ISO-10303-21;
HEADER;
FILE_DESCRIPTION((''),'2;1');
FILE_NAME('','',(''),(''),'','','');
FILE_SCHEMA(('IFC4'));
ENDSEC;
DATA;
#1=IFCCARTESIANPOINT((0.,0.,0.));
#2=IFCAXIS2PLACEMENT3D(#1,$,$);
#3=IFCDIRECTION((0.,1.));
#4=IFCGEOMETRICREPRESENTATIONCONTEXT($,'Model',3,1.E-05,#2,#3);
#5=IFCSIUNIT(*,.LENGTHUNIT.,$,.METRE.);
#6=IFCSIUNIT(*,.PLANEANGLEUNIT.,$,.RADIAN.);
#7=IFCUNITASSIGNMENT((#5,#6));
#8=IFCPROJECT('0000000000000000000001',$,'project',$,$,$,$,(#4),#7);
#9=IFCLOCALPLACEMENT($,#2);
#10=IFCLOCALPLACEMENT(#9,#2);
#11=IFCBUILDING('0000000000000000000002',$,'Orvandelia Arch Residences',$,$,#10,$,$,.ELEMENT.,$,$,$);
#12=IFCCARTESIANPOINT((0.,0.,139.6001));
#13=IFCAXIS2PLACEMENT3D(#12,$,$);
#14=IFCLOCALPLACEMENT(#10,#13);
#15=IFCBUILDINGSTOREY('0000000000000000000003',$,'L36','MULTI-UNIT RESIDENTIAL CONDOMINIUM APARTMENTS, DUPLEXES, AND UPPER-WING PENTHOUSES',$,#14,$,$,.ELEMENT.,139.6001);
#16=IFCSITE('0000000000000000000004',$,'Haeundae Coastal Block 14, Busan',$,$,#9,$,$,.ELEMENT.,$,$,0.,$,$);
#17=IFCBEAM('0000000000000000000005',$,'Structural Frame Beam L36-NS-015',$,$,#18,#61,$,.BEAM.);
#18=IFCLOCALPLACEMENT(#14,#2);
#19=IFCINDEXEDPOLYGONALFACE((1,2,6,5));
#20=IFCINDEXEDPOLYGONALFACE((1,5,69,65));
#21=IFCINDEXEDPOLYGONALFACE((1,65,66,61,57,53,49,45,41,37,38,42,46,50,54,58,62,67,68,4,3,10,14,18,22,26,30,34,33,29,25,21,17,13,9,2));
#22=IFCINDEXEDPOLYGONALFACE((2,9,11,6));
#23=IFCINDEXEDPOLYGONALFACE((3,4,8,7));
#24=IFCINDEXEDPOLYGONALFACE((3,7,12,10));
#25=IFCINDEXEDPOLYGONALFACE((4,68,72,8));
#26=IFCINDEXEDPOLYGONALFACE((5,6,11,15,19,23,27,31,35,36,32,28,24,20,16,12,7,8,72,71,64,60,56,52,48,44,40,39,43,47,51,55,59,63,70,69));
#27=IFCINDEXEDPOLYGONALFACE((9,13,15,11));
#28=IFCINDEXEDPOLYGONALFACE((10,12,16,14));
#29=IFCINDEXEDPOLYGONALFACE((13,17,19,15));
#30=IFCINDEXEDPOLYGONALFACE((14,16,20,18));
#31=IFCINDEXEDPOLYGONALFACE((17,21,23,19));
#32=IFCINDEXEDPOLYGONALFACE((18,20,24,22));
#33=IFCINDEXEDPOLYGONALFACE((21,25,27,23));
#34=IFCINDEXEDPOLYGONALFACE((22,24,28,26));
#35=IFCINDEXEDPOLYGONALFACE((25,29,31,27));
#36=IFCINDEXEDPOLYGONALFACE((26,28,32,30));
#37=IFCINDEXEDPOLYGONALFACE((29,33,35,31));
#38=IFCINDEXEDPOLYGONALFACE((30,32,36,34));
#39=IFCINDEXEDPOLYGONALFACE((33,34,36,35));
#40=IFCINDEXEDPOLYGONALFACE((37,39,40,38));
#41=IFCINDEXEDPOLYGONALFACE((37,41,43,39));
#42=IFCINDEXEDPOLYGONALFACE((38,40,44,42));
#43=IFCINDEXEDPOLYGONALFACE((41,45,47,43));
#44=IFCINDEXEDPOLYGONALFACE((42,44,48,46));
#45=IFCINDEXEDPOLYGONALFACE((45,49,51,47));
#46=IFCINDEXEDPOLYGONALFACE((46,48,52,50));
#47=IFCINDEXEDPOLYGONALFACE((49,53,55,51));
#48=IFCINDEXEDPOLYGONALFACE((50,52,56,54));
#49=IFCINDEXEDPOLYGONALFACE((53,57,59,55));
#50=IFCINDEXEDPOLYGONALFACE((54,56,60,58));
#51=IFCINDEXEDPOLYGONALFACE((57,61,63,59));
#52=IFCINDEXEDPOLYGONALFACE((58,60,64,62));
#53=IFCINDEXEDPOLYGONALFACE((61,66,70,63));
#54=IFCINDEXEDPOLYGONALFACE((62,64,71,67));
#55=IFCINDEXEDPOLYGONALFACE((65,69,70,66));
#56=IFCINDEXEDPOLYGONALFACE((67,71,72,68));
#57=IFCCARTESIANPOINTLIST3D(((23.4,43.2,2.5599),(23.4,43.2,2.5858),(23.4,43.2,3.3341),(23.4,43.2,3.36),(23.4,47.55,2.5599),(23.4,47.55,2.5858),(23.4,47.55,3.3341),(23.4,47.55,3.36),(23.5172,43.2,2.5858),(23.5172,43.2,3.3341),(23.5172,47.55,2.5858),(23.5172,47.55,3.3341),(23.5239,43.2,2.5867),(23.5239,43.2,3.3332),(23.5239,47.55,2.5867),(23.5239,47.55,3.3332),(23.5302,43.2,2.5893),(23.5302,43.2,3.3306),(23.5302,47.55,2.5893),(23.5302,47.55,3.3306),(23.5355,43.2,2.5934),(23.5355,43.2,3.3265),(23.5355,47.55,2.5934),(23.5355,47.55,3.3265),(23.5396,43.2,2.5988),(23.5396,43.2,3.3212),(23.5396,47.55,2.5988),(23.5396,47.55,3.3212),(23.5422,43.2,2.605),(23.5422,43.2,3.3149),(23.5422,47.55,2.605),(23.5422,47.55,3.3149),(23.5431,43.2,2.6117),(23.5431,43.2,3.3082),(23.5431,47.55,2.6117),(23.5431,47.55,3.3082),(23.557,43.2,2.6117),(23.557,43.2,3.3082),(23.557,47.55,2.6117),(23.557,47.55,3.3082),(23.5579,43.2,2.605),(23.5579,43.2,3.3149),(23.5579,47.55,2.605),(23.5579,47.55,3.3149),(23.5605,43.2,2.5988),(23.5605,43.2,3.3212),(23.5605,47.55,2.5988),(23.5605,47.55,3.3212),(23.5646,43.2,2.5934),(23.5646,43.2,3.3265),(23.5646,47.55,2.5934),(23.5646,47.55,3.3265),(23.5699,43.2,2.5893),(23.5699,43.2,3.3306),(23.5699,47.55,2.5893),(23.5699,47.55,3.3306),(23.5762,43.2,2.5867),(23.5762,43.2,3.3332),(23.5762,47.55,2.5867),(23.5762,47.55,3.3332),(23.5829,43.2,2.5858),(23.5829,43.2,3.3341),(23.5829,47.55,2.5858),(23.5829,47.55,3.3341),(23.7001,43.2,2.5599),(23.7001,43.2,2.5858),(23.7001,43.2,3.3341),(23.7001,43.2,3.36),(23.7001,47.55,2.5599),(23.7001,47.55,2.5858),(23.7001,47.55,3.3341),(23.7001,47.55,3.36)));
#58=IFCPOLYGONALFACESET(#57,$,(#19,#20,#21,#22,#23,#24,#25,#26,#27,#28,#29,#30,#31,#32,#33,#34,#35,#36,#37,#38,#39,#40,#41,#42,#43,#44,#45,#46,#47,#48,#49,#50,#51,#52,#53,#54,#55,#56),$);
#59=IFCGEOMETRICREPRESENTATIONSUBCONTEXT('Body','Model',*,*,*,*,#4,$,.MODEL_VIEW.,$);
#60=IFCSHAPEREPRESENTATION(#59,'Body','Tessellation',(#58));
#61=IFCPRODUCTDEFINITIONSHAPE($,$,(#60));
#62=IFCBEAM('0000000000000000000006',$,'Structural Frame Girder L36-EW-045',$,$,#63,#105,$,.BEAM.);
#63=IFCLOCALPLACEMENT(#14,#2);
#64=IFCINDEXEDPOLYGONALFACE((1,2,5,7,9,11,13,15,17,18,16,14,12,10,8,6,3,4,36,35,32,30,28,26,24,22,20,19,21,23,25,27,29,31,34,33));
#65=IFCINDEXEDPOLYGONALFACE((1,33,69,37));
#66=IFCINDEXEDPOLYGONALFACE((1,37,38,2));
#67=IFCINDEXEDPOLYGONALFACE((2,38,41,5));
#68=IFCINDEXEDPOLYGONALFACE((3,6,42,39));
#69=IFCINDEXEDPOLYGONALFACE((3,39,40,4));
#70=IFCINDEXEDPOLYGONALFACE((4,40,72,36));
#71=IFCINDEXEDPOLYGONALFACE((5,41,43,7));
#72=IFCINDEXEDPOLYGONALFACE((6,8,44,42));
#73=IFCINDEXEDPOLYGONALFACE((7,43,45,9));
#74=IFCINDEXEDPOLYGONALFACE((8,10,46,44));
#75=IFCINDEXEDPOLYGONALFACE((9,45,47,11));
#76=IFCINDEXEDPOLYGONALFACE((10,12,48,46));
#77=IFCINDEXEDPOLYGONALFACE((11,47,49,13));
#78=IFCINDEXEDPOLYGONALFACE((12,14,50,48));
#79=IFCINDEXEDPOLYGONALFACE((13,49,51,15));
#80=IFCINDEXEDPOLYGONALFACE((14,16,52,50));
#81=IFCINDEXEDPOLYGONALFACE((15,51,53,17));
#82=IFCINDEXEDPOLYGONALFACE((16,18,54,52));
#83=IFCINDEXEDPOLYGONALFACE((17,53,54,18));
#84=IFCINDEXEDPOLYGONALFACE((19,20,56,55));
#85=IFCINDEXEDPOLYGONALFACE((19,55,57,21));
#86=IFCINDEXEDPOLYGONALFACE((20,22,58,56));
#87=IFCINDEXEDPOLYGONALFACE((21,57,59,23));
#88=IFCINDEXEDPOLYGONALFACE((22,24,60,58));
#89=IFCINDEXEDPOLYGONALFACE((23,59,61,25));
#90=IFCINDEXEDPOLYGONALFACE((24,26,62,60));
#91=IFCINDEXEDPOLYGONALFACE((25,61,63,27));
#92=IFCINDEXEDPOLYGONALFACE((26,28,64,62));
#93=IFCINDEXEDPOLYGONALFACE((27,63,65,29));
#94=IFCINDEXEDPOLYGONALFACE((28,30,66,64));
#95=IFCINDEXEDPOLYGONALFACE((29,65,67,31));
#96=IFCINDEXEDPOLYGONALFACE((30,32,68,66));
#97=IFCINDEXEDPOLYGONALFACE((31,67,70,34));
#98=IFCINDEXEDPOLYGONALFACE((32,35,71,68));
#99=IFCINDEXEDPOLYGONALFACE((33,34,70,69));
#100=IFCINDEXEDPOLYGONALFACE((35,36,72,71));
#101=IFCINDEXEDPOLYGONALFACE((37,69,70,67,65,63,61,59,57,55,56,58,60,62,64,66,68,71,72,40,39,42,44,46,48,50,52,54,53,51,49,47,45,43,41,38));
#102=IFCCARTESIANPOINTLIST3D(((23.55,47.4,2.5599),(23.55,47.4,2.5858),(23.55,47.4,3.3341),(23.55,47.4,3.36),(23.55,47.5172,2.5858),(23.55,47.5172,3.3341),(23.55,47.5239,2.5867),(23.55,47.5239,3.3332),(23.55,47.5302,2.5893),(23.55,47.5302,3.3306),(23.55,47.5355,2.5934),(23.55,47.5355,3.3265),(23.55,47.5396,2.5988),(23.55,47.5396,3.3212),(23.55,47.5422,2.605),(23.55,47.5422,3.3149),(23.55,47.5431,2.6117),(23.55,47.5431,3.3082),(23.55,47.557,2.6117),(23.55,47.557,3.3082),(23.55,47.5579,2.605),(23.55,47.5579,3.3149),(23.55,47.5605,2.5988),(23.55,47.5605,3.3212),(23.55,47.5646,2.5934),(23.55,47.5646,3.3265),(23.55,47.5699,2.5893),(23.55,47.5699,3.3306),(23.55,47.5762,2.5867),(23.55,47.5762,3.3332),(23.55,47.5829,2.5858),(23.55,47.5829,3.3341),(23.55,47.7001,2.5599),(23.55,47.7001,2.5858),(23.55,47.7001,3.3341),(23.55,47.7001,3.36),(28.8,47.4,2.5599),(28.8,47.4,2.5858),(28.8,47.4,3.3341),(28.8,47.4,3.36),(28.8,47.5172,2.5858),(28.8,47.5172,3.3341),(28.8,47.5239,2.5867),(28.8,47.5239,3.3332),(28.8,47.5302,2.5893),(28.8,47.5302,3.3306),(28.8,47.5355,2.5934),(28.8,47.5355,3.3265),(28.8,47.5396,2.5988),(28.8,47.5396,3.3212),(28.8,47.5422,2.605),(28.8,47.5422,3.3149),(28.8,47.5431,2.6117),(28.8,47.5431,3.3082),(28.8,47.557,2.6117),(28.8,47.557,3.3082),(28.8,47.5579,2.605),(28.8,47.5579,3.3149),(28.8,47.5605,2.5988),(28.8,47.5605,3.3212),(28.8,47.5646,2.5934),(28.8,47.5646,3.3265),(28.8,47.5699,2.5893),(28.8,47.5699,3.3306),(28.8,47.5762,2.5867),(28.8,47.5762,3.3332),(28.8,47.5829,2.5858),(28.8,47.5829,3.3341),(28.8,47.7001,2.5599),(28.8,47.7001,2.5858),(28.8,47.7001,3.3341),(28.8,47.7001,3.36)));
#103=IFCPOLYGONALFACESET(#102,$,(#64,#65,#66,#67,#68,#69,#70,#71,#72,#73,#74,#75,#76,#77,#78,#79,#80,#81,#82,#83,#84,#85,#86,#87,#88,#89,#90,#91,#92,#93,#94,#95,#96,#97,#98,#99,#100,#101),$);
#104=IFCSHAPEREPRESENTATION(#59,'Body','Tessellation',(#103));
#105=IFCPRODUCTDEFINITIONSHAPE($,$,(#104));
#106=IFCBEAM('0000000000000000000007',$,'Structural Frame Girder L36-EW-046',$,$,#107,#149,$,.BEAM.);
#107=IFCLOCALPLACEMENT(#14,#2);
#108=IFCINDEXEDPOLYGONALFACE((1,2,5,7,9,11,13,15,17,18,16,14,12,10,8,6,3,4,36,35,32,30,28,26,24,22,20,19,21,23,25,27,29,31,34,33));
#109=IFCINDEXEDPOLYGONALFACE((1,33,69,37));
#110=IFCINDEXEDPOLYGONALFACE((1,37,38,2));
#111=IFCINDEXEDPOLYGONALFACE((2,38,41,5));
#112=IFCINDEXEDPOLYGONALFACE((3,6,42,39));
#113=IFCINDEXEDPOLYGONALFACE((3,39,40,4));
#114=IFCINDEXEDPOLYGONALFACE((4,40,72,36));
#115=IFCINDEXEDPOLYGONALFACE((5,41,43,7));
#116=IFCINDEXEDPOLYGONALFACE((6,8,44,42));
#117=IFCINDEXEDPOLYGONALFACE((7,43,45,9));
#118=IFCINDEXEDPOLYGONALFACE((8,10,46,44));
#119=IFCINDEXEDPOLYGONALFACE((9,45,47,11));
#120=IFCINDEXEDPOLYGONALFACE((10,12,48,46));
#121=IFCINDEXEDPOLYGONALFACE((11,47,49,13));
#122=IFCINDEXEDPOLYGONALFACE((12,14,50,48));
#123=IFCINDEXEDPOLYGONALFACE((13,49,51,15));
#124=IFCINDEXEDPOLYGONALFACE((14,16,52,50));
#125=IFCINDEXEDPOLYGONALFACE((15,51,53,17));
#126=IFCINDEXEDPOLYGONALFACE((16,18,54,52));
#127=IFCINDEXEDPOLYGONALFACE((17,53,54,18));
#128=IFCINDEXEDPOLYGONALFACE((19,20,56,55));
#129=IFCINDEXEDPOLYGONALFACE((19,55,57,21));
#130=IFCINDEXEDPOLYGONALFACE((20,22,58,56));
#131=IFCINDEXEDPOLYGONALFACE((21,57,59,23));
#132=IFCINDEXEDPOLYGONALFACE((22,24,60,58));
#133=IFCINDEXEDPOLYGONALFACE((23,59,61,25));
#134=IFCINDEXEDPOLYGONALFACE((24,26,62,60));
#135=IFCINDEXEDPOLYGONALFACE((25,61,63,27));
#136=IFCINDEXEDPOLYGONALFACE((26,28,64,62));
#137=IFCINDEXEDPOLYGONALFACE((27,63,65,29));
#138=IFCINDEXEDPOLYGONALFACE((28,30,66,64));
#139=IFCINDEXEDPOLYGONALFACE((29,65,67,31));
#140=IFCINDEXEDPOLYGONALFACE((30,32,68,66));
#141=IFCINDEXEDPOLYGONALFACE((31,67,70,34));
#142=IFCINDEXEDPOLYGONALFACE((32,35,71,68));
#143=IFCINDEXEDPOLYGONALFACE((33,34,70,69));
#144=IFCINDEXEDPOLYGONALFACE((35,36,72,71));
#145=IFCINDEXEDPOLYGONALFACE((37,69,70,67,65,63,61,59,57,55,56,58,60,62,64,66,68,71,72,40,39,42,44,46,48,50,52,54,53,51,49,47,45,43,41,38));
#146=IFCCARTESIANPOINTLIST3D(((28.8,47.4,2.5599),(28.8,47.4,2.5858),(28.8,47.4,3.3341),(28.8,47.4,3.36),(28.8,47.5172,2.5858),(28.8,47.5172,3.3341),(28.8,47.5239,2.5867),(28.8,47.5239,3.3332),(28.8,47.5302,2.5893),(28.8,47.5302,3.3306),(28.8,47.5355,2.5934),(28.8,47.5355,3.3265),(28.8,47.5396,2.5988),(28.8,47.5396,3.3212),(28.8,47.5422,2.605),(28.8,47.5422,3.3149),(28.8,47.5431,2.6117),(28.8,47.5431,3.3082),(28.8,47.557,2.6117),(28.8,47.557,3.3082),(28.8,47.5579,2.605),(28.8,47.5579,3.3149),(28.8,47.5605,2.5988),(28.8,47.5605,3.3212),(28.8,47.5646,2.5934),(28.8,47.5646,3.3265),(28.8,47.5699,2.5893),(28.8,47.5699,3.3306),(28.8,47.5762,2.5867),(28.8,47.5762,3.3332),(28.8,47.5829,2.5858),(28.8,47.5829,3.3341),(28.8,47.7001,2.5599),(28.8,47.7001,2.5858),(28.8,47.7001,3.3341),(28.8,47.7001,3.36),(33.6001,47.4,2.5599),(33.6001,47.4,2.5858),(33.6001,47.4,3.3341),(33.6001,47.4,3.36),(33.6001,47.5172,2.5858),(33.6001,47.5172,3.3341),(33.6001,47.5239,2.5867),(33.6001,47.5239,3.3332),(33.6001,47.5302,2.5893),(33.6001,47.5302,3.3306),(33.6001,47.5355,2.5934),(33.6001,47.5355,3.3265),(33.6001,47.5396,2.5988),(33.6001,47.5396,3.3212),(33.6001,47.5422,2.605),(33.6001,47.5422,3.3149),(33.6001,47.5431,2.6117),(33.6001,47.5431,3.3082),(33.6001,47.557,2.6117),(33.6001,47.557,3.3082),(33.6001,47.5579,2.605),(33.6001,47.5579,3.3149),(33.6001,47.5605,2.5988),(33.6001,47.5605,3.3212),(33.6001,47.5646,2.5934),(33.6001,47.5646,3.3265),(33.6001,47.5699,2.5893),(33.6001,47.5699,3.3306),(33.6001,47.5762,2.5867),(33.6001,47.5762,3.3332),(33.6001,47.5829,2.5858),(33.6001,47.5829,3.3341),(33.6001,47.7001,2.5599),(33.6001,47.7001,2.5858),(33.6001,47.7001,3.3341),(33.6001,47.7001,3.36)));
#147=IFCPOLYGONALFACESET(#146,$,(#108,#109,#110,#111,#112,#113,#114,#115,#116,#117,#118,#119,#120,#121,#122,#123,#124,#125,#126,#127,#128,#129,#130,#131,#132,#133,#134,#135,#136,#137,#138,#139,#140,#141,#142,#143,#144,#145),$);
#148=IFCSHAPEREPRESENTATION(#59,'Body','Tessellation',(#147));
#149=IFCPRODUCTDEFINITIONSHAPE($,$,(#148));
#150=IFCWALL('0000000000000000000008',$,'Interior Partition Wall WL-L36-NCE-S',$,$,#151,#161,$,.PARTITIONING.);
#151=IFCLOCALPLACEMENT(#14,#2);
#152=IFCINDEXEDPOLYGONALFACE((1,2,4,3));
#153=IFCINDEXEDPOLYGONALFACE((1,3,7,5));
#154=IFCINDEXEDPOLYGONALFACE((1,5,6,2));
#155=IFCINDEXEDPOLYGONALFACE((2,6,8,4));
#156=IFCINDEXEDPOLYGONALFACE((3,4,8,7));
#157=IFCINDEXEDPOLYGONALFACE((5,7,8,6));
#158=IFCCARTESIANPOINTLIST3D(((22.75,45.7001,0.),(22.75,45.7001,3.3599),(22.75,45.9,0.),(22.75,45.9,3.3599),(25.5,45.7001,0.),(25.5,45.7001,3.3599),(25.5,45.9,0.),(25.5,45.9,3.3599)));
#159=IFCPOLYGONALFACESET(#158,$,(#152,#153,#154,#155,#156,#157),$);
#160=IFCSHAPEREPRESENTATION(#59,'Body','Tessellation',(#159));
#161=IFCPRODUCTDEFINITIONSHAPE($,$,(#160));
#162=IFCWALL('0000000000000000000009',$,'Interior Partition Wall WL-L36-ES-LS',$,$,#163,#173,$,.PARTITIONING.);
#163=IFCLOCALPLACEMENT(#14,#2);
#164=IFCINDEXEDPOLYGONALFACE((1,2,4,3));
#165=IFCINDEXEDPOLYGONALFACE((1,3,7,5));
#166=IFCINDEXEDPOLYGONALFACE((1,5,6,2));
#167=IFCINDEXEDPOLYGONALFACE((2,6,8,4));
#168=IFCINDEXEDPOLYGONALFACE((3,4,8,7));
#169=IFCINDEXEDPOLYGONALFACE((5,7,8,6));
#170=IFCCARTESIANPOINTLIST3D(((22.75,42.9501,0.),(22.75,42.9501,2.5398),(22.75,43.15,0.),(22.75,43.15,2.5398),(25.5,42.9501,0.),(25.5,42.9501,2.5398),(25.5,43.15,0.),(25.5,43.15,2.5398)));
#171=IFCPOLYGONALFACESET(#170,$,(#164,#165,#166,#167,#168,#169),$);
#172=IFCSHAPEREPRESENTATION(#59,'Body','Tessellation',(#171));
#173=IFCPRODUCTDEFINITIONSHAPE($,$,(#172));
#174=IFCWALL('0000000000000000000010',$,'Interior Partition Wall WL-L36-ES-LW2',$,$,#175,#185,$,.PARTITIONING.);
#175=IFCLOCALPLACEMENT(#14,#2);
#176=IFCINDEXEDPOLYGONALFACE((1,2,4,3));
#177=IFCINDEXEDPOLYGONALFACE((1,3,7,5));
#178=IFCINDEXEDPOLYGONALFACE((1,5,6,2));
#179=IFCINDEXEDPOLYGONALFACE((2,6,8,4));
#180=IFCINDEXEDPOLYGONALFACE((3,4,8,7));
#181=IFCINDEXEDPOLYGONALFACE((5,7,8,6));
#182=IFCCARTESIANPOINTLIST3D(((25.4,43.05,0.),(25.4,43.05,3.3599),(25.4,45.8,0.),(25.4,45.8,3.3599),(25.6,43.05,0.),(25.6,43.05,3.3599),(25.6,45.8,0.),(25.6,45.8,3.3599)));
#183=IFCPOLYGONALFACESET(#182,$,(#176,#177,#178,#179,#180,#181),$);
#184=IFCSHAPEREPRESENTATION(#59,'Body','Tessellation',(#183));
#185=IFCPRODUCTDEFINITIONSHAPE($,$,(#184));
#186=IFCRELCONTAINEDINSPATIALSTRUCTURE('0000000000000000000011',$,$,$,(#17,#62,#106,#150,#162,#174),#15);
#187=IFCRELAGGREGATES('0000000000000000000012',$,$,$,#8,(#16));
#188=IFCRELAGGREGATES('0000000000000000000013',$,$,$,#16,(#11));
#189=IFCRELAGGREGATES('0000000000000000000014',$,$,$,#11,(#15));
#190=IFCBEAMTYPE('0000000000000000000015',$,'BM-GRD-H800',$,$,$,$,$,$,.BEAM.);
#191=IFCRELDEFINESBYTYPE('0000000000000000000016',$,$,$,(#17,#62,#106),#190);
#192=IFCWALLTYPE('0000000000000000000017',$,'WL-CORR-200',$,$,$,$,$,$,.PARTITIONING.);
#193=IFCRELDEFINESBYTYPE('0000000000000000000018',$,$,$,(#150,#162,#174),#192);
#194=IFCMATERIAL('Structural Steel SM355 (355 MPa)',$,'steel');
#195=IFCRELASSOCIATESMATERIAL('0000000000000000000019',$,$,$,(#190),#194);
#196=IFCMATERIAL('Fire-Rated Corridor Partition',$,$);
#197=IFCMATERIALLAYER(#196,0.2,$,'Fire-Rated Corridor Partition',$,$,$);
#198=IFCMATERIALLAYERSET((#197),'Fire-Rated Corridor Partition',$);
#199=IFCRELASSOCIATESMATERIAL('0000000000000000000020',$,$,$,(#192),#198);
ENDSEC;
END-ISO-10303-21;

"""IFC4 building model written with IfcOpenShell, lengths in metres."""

from ifc_helpers import new_model, si_unit, direction, frame, frame_2d, origin, origin_2d, place, context, subcontext, project, spatial, rectangle, i_section, extrude, material, layer, layer_set, material_profile, profile_set, type_object, element, save


model = new_model("IFC4")

# Units and contexts
model_context = context("Model", 3, precision=1e-05, world=origin(), true_north=direction((0.0, 1.0)))
body_context = subcontext(model_context, "Body", "Model", "MODEL_VIEW")
ifc_project = project(units=[si_unit("LENGTHUNIT", "METRE"), si_unit("PLANEANGLEUNIT", "RADIAN")], contexts=[model_context])

# Site, building, storey
site_placement = place(None, origin())
site = spatial("IfcSite", under=ifc_project, at=site_placement, Name="Haeundae Coastal Block 14, Busan", CompositionType="ELEMENT", RefElevation=0.0)
building_placement = place(site_placement, origin())
building = spatial("IfcBuilding", under=site, at=building_placement, Name="Orvandelia Arch Residences", CompositionType="ELEMENT")
storey_placement = place(building_placement, frame((0.0, 0.0, 139.6001)))
storey = spatial("IfcBuildingStorey", under=building, at=storey_placement, Name="L36", Description="MULTI-UNIT RESIDENTIAL CONDOMINIUM APARTMENTS, DUPLEXES, AND UPPER-WING PENTHOUSES", CompositionType="ELEMENT", Elevation=139.6001)

# Beams
ifc_material_1 = material(Name="Structural Steel SM355 (355 MPa)", Category="steel")
ifc_material_profile_1 = material_profile(ifc_material_1, i_section(OverallWidth=0.3, OverallDepth=0.8, WebThickness=0.0139, FlangeThickness=0.0259, FilletRadius=0.0259, at=origin_2d()), Name="Structural Steel SM355 (355 MPa)", Category="steel")
ifc_profile_set_1 = profile_set([ifc_material_profile_1], Name="Structural Steel SM355 (355 MPa)")
beam_type = type_object("IfcBeamType", Name="BM-GRD-H800", PredefinedType="BEAM", material=ifc_profile_set_1)
beam_1_placement = place(storey_placement, frame((23.55, 43.2, 2.96), z_axis=(0.0, 1.0, 0.0), x_axis=(-1.0, 0.0, 0.0)))
element("IfcBeam", 1, at=beam_1_placement, inside=storey, type_object=beam_type, Name="Structural Frame Beam L36-NS-015", PredefinedType="BEAM", context=body_context, shape_type="SweptSolid", body=[
    extrude(i_section(OverallWidth=0.3, OverallDepth=0.8, WebThickness=0.0139, FlangeThickness=0.0259, FilletRadius=0.0259, at=origin_2d()), origin(), (0.0, 0.0, 1.0), 4.3501),
])
beam_2_placement = place(storey_placement, frame((23.55, 47.55, 2.96), z_axis=(1.0, 0.0, 0.0), x_axis=(0.0, 1.0, 0.0)))
element("IfcBeam", 2, at=beam_2_placement, inside=storey, type_object=beam_type, Name="Structural Frame Girder L36-EW-045", PredefinedType="BEAM", context=body_context, shape_type="SweptSolid", body=[
    extrude(i_section(OverallWidth=0.3, OverallDepth=0.8, WebThickness=0.0139, FlangeThickness=0.0259, FilletRadius=0.0259, at=origin_2d()), origin(), (0.0, 0.0, 1.0), 5.25),
])
beam_3_placement = place(storey_placement, frame((28.8, 47.55, 2.96), z_axis=(1.0, 0.0, 0.0), x_axis=(0.0, 1.0, 0.0)))
element("IfcBeam", 3, at=beam_3_placement, inside=storey, type_object=beam_type, Name="Structural Frame Girder L36-EW-046", PredefinedType="BEAM", context=body_context, shape_type="SweptSolid", body=[
    extrude(i_section(OverallWidth=0.3, OverallDepth=0.8, WebThickness=0.0139, FlangeThickness=0.0259, FilletRadius=0.0259, at=origin_2d()), origin(), (0.0, 0.0, 1.0), 4.8),
])

# Walls
ifc_material_2 = material(Name="Fire-Rated Corridor Partition")
ifc_layer_1 = layer(ifc_material_2, 0.2, Name="Fire-Rated Corridor Partition")
ifc_layer_set_1 = layer_set([ifc_layer_1], Name="Fire-Rated Corridor Partition")
wall_type_1 = type_object("IfcWallType", Name="WL-CORR-200", PredefinedType="PARTITIONING", material=ifc_layer_set_1)
wall_1_placement = place(storey_placement, frame((22.75, 45.8, 0.0), z_axis=(0.0, 0.0, 1.0), x_axis=(1.0, 0.0, 0.0)))
element("IfcWall", 4, at=wall_1_placement, inside=storey, type_object=wall_type_1, Name="Interior Partition Wall WL-L36-NCE-S", PredefinedType="PARTITIONING", context=body_context, shape_type="SweptSolid", body=[
    extrude(rectangle(XDim=2.75, YDim=0.2, at=frame_2d((1.375, 0.0))), origin(), (0.0, 0.0, 1.0), 3.3599),
])
wall_2_placement = place(storey_placement, frame((22.75, 43.05, 0.0), z_axis=(0.0, 0.0, 1.0), x_axis=(1.0, 0.0, 0.0)))
element("IfcWall", 5, at=wall_2_placement, inside=storey, type_object=wall_type_1, Name="Interior Partition Wall WL-L36-ES-LS", PredefinedType="PARTITIONING", context=body_context, shape_type="SweptSolid", body=[
    extrude(rectangle(XDim=2.75, YDim=0.2, at=frame_2d((1.375, 0.0))), origin(), (0.0, 0.0, 1.0), 2.5398),
])
wall_3_placement = place(storey_placement, frame((25.5, 43.05, 0.0), z_axis=(0.0, 0.0, 1.0), x_axis=(0.0, 1.0, 0.0)))
element("IfcWall", 6, at=wall_3_placement, inside=storey, type_object=wall_type_1, Name="Interior Partition Wall WL-L36-ES-LW2", PredefinedType="PARTITIONING", context=body_context, shape_type="SweptSolid", body=[
    extrude(rectangle(XDim=2.75, YDim=0.2, at=frame_2d((1.375, 0.0))), origin(), (0.0, 0.0, 1.0), 3.3599),
])

save(model, "model.ifc")
